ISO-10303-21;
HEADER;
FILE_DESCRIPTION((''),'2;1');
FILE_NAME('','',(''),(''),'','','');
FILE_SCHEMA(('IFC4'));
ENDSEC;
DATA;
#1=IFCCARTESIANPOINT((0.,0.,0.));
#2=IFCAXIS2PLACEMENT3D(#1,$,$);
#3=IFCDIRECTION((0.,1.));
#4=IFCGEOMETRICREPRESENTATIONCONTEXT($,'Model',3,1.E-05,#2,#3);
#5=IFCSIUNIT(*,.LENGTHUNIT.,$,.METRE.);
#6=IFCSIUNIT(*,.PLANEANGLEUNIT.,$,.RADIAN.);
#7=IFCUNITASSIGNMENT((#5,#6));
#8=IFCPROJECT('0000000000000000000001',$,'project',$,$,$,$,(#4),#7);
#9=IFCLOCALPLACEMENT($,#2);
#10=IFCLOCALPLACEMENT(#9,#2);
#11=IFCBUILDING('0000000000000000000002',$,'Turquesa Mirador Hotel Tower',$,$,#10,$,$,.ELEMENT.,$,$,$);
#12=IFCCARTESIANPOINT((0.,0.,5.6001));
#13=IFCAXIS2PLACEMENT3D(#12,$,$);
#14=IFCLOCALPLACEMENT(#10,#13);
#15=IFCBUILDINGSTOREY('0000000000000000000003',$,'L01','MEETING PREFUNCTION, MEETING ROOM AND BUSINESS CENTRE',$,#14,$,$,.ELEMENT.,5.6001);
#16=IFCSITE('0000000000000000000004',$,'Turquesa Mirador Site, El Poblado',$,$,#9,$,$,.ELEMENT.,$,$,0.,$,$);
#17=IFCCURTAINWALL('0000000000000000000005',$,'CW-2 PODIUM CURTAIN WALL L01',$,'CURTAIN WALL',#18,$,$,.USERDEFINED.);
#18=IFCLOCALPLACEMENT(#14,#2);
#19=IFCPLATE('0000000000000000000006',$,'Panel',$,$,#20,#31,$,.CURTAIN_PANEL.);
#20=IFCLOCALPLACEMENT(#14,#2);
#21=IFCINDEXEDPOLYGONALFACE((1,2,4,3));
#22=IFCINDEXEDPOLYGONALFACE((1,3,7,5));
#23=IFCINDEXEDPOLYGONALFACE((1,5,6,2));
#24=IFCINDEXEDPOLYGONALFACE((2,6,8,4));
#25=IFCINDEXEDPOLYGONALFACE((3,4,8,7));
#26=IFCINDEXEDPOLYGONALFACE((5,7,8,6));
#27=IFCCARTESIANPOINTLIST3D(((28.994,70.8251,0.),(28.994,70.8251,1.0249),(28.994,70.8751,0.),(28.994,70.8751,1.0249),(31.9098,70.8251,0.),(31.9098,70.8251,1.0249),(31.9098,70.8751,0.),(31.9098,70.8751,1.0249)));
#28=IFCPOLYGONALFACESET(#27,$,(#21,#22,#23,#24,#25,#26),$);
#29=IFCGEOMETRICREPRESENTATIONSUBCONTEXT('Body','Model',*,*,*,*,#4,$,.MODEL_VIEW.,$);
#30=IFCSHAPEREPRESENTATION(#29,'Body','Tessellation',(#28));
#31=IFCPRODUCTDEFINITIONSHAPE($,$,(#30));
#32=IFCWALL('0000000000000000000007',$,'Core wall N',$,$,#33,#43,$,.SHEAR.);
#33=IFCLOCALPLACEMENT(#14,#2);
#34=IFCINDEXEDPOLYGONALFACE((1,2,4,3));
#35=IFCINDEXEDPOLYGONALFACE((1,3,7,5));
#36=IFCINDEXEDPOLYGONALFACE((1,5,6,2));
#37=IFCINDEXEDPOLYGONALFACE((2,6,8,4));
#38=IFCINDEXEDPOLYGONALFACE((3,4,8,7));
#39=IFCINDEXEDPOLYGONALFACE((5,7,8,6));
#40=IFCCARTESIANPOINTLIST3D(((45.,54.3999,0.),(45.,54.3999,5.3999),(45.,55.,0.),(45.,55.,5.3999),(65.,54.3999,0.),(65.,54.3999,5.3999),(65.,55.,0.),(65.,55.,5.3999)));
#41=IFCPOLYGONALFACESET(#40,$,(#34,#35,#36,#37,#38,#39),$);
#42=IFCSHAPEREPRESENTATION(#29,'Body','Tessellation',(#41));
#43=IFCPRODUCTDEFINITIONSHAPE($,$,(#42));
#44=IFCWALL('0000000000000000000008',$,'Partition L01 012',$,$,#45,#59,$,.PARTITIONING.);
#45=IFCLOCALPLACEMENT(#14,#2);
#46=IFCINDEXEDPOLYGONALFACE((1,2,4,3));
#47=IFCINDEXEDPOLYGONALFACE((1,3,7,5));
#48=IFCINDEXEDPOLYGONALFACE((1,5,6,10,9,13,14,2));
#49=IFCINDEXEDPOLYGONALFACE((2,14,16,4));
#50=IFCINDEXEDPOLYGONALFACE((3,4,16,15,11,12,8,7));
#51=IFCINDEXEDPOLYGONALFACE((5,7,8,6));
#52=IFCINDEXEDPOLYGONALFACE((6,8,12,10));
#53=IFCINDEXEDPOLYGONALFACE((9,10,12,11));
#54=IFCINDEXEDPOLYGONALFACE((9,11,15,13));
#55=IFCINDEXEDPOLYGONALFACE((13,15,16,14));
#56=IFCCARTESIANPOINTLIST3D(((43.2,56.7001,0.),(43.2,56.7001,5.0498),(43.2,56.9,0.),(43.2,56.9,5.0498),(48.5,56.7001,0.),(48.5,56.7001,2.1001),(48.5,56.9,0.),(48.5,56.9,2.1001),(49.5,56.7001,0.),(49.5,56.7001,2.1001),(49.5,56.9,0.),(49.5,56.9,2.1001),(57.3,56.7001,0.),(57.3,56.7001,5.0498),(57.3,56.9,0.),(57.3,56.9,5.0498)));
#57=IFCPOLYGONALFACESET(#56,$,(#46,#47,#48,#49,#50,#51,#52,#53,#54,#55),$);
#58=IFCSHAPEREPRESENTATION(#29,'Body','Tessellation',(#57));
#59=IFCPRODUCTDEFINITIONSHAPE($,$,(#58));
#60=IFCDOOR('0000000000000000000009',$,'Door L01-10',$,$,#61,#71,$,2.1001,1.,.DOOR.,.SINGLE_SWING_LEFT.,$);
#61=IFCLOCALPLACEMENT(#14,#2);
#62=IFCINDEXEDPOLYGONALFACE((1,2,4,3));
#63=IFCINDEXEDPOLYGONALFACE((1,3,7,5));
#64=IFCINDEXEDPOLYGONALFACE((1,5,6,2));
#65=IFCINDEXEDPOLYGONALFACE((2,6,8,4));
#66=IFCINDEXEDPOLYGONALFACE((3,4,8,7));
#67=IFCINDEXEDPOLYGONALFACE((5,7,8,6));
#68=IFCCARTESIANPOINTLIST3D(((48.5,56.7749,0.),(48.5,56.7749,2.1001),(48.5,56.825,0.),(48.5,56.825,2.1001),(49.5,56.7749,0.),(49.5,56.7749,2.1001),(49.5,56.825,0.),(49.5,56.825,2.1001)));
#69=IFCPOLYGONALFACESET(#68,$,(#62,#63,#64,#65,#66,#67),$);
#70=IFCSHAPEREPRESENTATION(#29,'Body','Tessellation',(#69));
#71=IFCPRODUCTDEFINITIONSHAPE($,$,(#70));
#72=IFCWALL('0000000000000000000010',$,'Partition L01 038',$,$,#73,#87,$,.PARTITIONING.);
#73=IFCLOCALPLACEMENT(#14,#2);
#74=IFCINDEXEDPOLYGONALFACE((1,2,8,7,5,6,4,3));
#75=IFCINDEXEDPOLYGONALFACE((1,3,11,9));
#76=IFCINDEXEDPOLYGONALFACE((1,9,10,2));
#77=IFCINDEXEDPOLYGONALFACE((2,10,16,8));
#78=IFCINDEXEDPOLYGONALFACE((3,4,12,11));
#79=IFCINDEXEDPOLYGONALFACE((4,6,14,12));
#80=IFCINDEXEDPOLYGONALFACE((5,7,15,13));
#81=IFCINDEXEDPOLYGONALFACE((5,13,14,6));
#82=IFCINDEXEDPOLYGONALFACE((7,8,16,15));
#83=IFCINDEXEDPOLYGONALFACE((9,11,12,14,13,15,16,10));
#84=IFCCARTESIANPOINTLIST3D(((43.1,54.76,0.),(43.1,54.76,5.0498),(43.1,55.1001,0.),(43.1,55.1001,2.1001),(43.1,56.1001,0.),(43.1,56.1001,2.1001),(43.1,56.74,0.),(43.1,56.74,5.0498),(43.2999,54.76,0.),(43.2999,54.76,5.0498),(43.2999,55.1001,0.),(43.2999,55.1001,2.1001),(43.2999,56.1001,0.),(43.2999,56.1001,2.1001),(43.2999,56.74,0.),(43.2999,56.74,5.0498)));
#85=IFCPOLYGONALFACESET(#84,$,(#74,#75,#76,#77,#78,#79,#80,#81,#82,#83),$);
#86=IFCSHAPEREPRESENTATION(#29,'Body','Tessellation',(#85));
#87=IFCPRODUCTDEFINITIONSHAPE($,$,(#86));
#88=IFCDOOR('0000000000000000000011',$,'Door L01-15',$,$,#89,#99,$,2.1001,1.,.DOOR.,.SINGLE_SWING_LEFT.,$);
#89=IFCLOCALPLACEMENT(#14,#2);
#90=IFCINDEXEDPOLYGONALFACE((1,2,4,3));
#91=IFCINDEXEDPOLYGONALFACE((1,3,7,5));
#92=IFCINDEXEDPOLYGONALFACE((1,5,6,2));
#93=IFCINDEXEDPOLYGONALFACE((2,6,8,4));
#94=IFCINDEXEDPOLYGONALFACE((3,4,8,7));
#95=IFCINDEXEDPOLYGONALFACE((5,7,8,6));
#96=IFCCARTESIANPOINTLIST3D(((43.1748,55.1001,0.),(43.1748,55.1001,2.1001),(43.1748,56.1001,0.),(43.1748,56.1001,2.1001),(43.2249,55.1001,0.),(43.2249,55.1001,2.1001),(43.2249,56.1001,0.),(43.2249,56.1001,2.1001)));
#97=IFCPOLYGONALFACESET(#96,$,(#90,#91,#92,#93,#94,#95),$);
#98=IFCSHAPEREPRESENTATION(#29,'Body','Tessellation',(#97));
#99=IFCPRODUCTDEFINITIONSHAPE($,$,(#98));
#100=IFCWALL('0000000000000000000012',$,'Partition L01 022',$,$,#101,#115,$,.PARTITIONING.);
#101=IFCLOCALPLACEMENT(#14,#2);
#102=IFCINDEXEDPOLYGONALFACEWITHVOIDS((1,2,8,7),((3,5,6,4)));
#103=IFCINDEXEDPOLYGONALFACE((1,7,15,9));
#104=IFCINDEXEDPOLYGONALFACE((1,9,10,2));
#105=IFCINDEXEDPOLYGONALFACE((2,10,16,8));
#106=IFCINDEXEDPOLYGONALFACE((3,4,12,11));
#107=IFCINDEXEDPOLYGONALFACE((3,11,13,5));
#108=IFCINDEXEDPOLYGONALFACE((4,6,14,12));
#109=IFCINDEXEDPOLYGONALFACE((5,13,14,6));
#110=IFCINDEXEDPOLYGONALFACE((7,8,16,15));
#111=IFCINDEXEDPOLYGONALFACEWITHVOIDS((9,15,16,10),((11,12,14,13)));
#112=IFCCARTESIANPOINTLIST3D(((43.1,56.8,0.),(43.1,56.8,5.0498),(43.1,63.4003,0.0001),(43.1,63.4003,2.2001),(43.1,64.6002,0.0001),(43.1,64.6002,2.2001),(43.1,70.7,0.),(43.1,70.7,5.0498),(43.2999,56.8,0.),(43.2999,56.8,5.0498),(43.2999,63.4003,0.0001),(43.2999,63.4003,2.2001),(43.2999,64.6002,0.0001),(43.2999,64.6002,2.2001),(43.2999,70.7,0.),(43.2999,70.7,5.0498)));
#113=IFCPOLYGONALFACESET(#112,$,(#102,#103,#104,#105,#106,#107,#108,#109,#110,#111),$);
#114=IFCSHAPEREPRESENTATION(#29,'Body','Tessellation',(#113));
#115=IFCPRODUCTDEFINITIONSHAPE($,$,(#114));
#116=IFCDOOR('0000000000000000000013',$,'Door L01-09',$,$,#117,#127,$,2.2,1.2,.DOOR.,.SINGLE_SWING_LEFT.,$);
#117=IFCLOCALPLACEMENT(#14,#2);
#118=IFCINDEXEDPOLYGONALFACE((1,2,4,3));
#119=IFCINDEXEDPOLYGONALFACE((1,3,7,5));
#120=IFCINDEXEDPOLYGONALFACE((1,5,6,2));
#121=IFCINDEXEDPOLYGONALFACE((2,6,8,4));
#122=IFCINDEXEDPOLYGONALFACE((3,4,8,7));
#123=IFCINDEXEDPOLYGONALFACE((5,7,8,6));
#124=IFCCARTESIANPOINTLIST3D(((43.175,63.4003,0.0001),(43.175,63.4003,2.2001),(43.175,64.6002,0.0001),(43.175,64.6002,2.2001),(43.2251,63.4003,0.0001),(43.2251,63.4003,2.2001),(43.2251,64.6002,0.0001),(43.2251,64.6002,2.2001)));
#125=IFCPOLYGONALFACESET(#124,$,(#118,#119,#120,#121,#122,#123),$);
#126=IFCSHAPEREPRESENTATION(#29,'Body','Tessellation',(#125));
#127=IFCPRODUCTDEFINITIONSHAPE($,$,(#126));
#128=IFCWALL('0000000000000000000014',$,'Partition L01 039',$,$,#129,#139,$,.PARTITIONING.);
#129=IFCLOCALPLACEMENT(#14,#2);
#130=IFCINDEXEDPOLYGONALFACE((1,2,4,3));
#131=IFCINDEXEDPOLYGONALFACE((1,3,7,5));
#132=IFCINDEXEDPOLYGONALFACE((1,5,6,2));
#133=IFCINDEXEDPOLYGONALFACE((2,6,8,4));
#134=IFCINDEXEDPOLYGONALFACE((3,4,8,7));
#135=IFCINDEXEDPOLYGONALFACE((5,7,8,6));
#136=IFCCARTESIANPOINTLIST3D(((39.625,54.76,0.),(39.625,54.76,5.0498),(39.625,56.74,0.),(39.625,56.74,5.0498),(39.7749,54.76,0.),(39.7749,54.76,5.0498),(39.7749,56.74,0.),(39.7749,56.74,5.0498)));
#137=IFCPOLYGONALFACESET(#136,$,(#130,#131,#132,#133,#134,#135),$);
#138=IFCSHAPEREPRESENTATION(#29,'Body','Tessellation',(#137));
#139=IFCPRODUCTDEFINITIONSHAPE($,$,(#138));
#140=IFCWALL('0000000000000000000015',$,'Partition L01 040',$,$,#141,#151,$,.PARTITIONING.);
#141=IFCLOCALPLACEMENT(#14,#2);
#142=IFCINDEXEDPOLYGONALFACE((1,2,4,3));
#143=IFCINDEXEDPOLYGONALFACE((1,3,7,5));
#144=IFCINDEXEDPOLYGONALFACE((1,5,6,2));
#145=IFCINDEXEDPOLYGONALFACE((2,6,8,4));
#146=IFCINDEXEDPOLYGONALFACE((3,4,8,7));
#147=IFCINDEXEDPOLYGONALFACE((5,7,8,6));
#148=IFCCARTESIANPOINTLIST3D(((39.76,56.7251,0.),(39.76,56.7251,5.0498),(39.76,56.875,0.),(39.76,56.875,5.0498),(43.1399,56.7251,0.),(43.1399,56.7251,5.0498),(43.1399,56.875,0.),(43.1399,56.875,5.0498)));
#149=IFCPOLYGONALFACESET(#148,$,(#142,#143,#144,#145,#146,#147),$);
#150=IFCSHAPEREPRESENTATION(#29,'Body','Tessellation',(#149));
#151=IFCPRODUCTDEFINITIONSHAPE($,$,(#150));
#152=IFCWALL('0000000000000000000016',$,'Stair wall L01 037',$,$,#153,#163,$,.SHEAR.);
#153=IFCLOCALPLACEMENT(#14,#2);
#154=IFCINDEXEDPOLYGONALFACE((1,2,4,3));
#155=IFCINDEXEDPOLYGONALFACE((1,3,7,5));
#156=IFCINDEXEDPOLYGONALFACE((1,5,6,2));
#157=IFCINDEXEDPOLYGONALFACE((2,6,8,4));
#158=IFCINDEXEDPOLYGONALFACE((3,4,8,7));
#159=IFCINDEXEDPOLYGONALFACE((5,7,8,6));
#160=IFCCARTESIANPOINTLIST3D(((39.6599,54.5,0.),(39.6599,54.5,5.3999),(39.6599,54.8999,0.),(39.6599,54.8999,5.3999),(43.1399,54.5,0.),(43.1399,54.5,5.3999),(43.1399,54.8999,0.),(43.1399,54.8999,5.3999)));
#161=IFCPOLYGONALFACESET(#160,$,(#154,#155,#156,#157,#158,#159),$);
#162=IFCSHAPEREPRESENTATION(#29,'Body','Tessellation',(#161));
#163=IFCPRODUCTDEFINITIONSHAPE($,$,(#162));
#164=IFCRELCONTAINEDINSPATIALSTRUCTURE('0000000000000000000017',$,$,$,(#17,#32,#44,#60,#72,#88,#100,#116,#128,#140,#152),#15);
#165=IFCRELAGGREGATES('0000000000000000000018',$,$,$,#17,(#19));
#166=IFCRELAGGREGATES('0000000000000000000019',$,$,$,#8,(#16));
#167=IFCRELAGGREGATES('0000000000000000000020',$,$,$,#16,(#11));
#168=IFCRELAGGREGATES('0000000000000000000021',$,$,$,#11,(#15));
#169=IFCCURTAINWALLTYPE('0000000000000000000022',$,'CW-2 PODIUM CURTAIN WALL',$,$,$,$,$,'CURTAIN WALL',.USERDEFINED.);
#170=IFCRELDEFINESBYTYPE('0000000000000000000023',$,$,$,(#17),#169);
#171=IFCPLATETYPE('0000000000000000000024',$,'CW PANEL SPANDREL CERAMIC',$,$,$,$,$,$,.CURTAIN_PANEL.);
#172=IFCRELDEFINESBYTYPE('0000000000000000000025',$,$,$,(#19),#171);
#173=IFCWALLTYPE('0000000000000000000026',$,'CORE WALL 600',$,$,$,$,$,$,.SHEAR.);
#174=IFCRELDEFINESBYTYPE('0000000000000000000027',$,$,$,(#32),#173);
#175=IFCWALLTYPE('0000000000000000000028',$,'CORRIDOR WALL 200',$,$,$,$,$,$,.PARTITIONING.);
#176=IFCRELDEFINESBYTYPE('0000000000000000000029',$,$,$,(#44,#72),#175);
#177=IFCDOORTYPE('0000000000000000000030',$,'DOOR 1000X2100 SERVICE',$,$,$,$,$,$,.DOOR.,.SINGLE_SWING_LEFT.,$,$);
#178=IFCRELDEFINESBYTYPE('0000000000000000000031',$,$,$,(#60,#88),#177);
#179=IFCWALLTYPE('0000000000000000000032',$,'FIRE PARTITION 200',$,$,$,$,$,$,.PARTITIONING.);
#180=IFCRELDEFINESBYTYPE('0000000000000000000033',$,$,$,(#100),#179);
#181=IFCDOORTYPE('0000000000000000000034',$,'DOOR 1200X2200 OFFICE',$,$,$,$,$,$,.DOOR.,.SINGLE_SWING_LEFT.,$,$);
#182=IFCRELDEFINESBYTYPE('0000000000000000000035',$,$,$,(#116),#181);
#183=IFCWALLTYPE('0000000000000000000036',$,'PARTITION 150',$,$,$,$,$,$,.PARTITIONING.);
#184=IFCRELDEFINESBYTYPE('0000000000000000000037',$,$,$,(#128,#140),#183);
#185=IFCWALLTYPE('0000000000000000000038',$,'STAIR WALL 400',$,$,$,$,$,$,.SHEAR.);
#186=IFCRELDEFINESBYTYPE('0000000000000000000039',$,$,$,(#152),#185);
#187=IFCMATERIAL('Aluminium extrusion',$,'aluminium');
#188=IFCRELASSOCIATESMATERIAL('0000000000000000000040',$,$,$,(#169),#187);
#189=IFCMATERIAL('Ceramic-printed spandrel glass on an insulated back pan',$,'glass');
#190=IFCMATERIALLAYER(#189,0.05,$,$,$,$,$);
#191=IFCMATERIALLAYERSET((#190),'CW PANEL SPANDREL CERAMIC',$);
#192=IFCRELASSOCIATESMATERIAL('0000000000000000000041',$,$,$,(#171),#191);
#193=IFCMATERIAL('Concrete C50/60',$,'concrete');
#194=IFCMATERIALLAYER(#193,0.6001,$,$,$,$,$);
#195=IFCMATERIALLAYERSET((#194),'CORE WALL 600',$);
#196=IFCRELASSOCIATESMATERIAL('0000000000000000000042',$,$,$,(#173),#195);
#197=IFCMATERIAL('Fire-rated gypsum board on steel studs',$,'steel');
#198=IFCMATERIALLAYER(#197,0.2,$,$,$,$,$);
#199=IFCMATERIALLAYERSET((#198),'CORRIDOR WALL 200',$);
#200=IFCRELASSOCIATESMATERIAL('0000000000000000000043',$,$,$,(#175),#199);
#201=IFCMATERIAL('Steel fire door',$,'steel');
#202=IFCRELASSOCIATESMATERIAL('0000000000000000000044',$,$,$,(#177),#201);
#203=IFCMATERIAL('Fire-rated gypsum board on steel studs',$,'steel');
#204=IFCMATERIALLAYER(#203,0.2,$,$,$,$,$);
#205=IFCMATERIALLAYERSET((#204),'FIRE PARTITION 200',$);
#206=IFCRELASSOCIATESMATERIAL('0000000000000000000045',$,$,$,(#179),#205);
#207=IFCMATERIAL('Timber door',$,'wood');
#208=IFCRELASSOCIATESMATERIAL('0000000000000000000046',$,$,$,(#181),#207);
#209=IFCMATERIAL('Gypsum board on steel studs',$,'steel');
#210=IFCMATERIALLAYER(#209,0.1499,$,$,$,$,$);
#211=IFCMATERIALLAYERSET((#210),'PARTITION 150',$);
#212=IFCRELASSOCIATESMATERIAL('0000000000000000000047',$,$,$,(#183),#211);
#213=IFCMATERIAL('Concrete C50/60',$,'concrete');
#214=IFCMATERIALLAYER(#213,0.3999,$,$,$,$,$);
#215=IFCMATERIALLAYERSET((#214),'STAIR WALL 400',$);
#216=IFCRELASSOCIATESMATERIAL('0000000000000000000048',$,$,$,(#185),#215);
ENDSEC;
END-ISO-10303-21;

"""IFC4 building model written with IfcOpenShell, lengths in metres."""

from ifc_helpers import new_model, si_unit, direction, frame, frame_2d, origin, origin_2d, place, context, subcontext, project, spatial, rectangle, extrude, material, layer, layer_set, type_object, element, fill, aggregate, save


model = new_model("IFC4")

# Units and contexts
model_context = context("Model", 3, precision=1e-05, world=origin(), true_north=direction((0.0, 1.0)))
body_context = subcontext(model_context, "Body", "Model", "MODEL_VIEW")
ifc_project = project(units=[si_unit("LENGTHUNIT", "METRE"), si_unit("PLANEANGLEUNIT", "RADIAN")], contexts=[model_context])

# Site, building, storey
site_placement = place(None, origin())
site = spatial("IfcSite", under=ifc_project, at=site_placement, Name="Turquesa Mirador Site, El Poblado", CompositionType="ELEMENT", RefElevation=0.0)
building_placement = place(site_placement, origin())
building = spatial("IfcBuilding", under=site, at=building_placement, Name="Turquesa Mirador Hotel Tower", CompositionType="ELEMENT")
storey_placement = place(building_placement, frame((0.0, 0.0, 5.6001)))
storey = spatial("IfcBuildingStorey", under=building, at=storey_placement, Name="L01", Description="MEETING PREFUNCTION, MEETING ROOM AND BUSINESS CENTRE", CompositionType="ELEMENT", Elevation=5.6001)

# Curtain wall, plate
ifc_material_1 = material(Name="Aluminium extrusion", Category="aluminium")
curtain_wall_type = type_object("IfcCurtainWallType", Name="CW-2 PODIUM CURTAIN WALL", ElementType="CURTAIN WALL", PredefinedType="USERDEFINED", material=ifc_material_1)
curtain_wall_placement = place(storey_placement, origin())
curtain_wall = element("IfcCurtainWall", 1, at=curtain_wall_placement, inside=storey, type_object=curtain_wall_type, Name="CW-2 PODIUM CURTAIN WALL L01", ObjectType="CURTAIN WALL", PredefinedType="USERDEFINED")
ifc_material_2 = material(Name="Ceramic-printed spandrel glass on an insulated back pan", Category="glass")
ifc_layer_1 = layer(ifc_material_2, 0.05)
ifc_layer_set_1 = layer_set([ifc_layer_1], Name="CW PANEL SPANDREL CERAMIC")
plate_type = type_object("IfcPlateType", Name="CW PANEL SPANDREL CERAMIC", PredefinedType="CURTAIN_PANEL", material=ifc_layer_set_1)
plate_placement = place(storey_placement, frame((30.4519, 70.8501, 0.0), z_axis=(0.0, 0.0, 1.0), x_axis=(-1.0, 0.0, 0.0)))
plate = element("IfcPlate", 2, at=plate_placement, type_object=plate_type, Name="Panel", PredefinedType="CURTAIN_PANEL", context=body_context, shape_type="SweptSolid", body=[
    extrude(rectangle(XDim=2.9158, YDim=0.05, at=origin_2d()), origin(), (0.0, 0.0, 1.0), 1.0249),
])
aggregate(curtain_wall, [plate])

# Wall
ifc_material_3 = material(Name="Concrete C50/60", Category="concrete")
ifc_layer_2 = layer(ifc_material_3, 0.6001)
ifc_layer_set_2 = layer_set([ifc_layer_2], Name="CORE WALL 600")
wall_type_1 = type_object("IfcWallType", Name="CORE WALL 600", PredefinedType="SHEAR", material=ifc_layer_set_2)
wall_1_placement = place(storey_placement, frame((45.0, 54.7, 0.0), z_axis=(0.0, 0.0, 1.0), x_axis=(1.0, 0.0, 0.0)))
element("IfcWall", 3, at=wall_1_placement, inside=storey, type_object=wall_type_1, Name="Core wall N", PredefinedType="SHEAR", context=body_context, shape_type="SweptSolid", body=[
    extrude(rectangle(XDim=20.0, YDim=0.6001, at=frame_2d((10.0, 0.0))), origin(), (0.0, 0.0, 1.0), 5.3999),
])

# Walls, openings, doors
ifc_material_4 = material(Name="Fire-rated gypsum board on steel studs", Category="steel")
ifc_layer_3 = layer(ifc_material_4, 0.2)
ifc_layer_set_3 = layer_set([ifc_layer_3], Name="CORRIDOR WALL 200")
wall_type_2 = type_object("IfcWallType", Name="CORRIDOR WALL 200", PredefinedType="PARTITIONING", material=ifc_layer_set_3)
wall_2_placement = place(storey_placement, frame((43.2, 56.8, 0.0), z_axis=(0.0, 0.0, 1.0), x_axis=(1.0, 0.0, 0.0)))
wall_2 = element("IfcWall", 4, at=wall_2_placement, inside=storey, type_object=wall_type_2, Name="Partition L01 012", PredefinedType="PARTITIONING", context=body_context, shape_type="SweptSolid", body=[
    extrude(rectangle(XDim=14.1001, YDim=0.2, at=frame_2d((7.05, 0.0))), origin(), (0.0, 0.0, 1.0), 5.0498),
])
opening_1_placement = place(wall_2_placement, frame((5.3, 0.0, 0.0)))
opening_1 = element("IfcOpeningElement", 5, at=opening_1_placement, cuts=wall_2, PredefinedType="OPENING", context=body_context, shape_type="SweptSolid", body=[
    extrude(rectangle(XDim=1.0, YDim=2.1001, at=frame_2d((0.5, 1.05))), frame((0.0, 0.1099, 0.0), z_axis=(0.0, -1.0, 0.0), x_axis=(1.0, 0.0, 0.0)), (0.0, 0.0, 1.0), 0.22),
])
ifc_material_5 = material(Name="Steel fire door", Category="steel")
door_type_1 = type_object("IfcDoorType", Name="DOOR 1000X2100 SERVICE", OperationType="SINGLE_SWING_LEFT", PredefinedType="DOOR", material=ifc_material_5)
door_1_placement = place(opening_1_placement, origin())
door_1 = element("IfcDoor", 6, at=door_1_placement, inside=storey, type_object=door_type_1, Name="Door L01-10", OperationType="SINGLE_SWING_LEFT", OverallHeight=2.1001, OverallWidth=1.0, PredefinedType="DOOR", context=body_context, shape_type="SweptSolid", body=[
    extrude(rectangle(XDim=1.0, YDim=2.1001, at=frame_2d((0.5, 1.05))), frame((0.0, 0.0249, 0.0), z_axis=(0.0, -1.0, 0.0), x_axis=(1.0, 0.0, 0.0)), (0.0, 0.0, 1.0), 0.05),
])
fill(opening_1, door_1)
wall_3_placement = place(storey_placement, frame((43.2, 56.74, 0.0), z_axis=(0.0, 0.0, 1.0), x_axis=(0.0, -1.0, 0.0)))
wall_3 = element("IfcWall", 7, at=wall_3_placement, inside=storey, type_object=wall_type_2, Name="Partition L01 038", PredefinedType="PARTITIONING", context=body_context, shape_type="SweptSolid", body=[
    extrude(rectangle(XDim=1.98, YDim=0.2, at=frame_2d((0.99, 0.0))), origin(), (0.0, 0.0, 1.0), 5.0498),
])
opening_2_placement = place(wall_3_placement, frame((0.6399, 0.0, 0.0)))
opening_2 = element("IfcOpeningElement", 8, at=opening_2_placement, cuts=wall_3, PredefinedType="OPENING", context=body_context, shape_type="SweptSolid", body=[
    extrude(rectangle(XDim=1.0, YDim=2.1001, at=frame_2d((0.5, 1.05))), frame((0.0, 0.1099, 0.0), z_axis=(0.0, -1.0, 0.0), x_axis=(1.0, 0.0, 0.0)), (0.0, 0.0, 1.0), 0.22),
])
door_2_placement = place(opening_2_placement, origin())
door_2 = element("IfcDoor", 9, at=door_2_placement, inside=storey, type_object=door_type_1, Name="Door L01-15", OperationType="SINGLE_SWING_LEFT", OverallHeight=2.1001, OverallWidth=1.0, PredefinedType="DOOR", context=body_context, shape_type="SweptSolid", body=[
    extrude(rectangle(XDim=1.0, YDim=2.1001, at=frame_2d((0.5, 1.05))), frame((0.0, 0.0249, 0.0), z_axis=(0.0, -1.0, 0.0), x_axis=(1.0, 0.0, 0.0)), (0.0, 0.0, 1.0), 0.05),
])
fill(opening_2, door_2)
ifc_material_6 = material(Name="Fire-rated gypsum board on steel studs", Category="steel")
ifc_layer_4 = layer(ifc_material_6, 0.2)
ifc_layer_set_4 = layer_set([ifc_layer_4], Name="FIRE PARTITION 200")
wall_type_3 = type_object("IfcWallType", Name="FIRE PARTITION 200", PredefinedType="PARTITIONING", material=ifc_layer_set_4)
wall_4_placement = place(storey_placement, frame((43.2, 56.8, 0.0), z_axis=(0.0, 0.0, 1.0), x_axis=(0.0, 1.0, 0.0)))
wall_4 = element("IfcWall", 10, at=wall_4_placement, inside=storey, type_object=wall_type_3, Name="Partition L01 022", PredefinedType="PARTITIONING", context=body_context, shape_type="SweptSolid", body=[
    extrude(rectangle(XDim=13.8999, YDim=0.2, at=frame_2d((6.95, 0.0))), origin(), (0.0, 0.0, 1.0), 5.0498),
])
opening_3_placement = place(wall_4_placement, frame((6.6001, 0.0, 0.0)))
opening_3 = element("IfcOpeningElement", 11, at=opening_3_placement, cuts=wall_4, PredefinedType="OPENING", context=body_context, shape_type="SweptSolid", body=[
    extrude(rectangle(XDim=1.2, YDim=2.2, at=frame_2d((0.6001, 1.1001))), frame((0.0, 0.1099, 0.0), z_axis=(0.0, -1.0, 0.0), x_axis=(1.0, 0.0, 0.0)), (0.0, 0.0, 1.0), 0.22),
])
ifc_material_7 = material(Name="Timber door", Category="wood")
door_type_2 = type_object("IfcDoorType", Name="DOOR 1200X2200 OFFICE", OperationType="SINGLE_SWING_LEFT", PredefinedType="DOOR", material=ifc_material_7)
door_3_placement = place(opening_3_placement, origin())
door_3 = element("IfcDoor", 12, at=door_3_placement, inside=storey, type_object=door_type_2, Name="Door L01-09", OperationType="SINGLE_SWING_LEFT", OverallHeight=2.2, OverallWidth=1.2, PredefinedType="DOOR", context=body_context, shape_type="SweptSolid", body=[
    extrude(rectangle(XDim=1.2, YDim=2.2, at=frame_2d((0.6001, 1.1001))), frame((0.0, 0.0249, 0.0), z_axis=(0.0, -1.0, 0.0), x_axis=(1.0, 0.0, 0.0)), (0.0, 0.0, 1.0), 0.05),
])
fill(opening_3, door_3)

# Walls
ifc_material_8 = material(Name="Gypsum board on steel studs", Category="steel")
ifc_layer_5 = layer(ifc_material_8, 0.1499)
ifc_layer_set_5 = layer_set([ifc_layer_5], Name="PARTITION 150")
wall_type_4 = type_object("IfcWallType", Name="PARTITION 150", PredefinedType="PARTITIONING", material=ifc_layer_set_5)
wall_5_placement = place(storey_placement, frame((39.7, 54.76, 0.0), z_axis=(0.0, 0.0, 1.0), x_axis=(0.0, 1.0, 0.0)))
element("IfcWall", 13, at=wall_5_placement, inside=storey, type_object=wall_type_4, Name="Partition L01 039", PredefinedType="PARTITIONING", context=body_context, shape_type="SweptSolid", body=[
    extrude(rectangle(XDim=1.98, YDim=0.1499, at=frame_2d((0.99, 0.0))), origin(), (0.0, 0.0, 1.0), 5.0498),
])
wall_6_placement = place(storey_placement, frame((39.76, 56.8, 0.0), z_axis=(0.0, 0.0, 1.0), x_axis=(1.0, 0.0, 0.0)))
element("IfcWall", 14, at=wall_6_placement, inside=storey, type_object=wall_type_4, Name="Partition L01 040", PredefinedType="PARTITIONING", context=body_context, shape_type="SweptSolid", body=[
    extrude(rectangle(XDim=3.3799, YDim=0.1499, at=frame_2d((1.6899, 0.0))), origin(), (0.0, 0.0, 1.0), 5.0498),
])
ifc_material_9 = material(Name="Concrete C50/60", Category="concrete")
ifc_layer_6 = layer(ifc_material_9, 0.3999)
ifc_layer_set_6 = layer_set([ifc_layer_6], Name="STAIR WALL 400")
wall_type_5 = type_object("IfcWallType", Name="STAIR WALL 400", PredefinedType="SHEAR", material=ifc_layer_set_6)
wall_7_placement = place(storey_placement, frame((43.1399, 54.7, 0.0), z_axis=(0.0, 0.0, 1.0), x_axis=(-1.0, 0.0, 0.0)))
element("IfcWall", 15, at=wall_7_placement, inside=storey, type_object=wall_type_5, Name="Stair wall L01 037", PredefinedType="SHEAR", context=body_context, shape_type="SweptSolid", body=[
    extrude(rectangle(XDim=3.48, YDim=0.3999, at=frame_2d((1.74, 0.0))), origin(), (0.0, 0.0, 1.0), 5.3999),
])

save(model, "model.ifc")
